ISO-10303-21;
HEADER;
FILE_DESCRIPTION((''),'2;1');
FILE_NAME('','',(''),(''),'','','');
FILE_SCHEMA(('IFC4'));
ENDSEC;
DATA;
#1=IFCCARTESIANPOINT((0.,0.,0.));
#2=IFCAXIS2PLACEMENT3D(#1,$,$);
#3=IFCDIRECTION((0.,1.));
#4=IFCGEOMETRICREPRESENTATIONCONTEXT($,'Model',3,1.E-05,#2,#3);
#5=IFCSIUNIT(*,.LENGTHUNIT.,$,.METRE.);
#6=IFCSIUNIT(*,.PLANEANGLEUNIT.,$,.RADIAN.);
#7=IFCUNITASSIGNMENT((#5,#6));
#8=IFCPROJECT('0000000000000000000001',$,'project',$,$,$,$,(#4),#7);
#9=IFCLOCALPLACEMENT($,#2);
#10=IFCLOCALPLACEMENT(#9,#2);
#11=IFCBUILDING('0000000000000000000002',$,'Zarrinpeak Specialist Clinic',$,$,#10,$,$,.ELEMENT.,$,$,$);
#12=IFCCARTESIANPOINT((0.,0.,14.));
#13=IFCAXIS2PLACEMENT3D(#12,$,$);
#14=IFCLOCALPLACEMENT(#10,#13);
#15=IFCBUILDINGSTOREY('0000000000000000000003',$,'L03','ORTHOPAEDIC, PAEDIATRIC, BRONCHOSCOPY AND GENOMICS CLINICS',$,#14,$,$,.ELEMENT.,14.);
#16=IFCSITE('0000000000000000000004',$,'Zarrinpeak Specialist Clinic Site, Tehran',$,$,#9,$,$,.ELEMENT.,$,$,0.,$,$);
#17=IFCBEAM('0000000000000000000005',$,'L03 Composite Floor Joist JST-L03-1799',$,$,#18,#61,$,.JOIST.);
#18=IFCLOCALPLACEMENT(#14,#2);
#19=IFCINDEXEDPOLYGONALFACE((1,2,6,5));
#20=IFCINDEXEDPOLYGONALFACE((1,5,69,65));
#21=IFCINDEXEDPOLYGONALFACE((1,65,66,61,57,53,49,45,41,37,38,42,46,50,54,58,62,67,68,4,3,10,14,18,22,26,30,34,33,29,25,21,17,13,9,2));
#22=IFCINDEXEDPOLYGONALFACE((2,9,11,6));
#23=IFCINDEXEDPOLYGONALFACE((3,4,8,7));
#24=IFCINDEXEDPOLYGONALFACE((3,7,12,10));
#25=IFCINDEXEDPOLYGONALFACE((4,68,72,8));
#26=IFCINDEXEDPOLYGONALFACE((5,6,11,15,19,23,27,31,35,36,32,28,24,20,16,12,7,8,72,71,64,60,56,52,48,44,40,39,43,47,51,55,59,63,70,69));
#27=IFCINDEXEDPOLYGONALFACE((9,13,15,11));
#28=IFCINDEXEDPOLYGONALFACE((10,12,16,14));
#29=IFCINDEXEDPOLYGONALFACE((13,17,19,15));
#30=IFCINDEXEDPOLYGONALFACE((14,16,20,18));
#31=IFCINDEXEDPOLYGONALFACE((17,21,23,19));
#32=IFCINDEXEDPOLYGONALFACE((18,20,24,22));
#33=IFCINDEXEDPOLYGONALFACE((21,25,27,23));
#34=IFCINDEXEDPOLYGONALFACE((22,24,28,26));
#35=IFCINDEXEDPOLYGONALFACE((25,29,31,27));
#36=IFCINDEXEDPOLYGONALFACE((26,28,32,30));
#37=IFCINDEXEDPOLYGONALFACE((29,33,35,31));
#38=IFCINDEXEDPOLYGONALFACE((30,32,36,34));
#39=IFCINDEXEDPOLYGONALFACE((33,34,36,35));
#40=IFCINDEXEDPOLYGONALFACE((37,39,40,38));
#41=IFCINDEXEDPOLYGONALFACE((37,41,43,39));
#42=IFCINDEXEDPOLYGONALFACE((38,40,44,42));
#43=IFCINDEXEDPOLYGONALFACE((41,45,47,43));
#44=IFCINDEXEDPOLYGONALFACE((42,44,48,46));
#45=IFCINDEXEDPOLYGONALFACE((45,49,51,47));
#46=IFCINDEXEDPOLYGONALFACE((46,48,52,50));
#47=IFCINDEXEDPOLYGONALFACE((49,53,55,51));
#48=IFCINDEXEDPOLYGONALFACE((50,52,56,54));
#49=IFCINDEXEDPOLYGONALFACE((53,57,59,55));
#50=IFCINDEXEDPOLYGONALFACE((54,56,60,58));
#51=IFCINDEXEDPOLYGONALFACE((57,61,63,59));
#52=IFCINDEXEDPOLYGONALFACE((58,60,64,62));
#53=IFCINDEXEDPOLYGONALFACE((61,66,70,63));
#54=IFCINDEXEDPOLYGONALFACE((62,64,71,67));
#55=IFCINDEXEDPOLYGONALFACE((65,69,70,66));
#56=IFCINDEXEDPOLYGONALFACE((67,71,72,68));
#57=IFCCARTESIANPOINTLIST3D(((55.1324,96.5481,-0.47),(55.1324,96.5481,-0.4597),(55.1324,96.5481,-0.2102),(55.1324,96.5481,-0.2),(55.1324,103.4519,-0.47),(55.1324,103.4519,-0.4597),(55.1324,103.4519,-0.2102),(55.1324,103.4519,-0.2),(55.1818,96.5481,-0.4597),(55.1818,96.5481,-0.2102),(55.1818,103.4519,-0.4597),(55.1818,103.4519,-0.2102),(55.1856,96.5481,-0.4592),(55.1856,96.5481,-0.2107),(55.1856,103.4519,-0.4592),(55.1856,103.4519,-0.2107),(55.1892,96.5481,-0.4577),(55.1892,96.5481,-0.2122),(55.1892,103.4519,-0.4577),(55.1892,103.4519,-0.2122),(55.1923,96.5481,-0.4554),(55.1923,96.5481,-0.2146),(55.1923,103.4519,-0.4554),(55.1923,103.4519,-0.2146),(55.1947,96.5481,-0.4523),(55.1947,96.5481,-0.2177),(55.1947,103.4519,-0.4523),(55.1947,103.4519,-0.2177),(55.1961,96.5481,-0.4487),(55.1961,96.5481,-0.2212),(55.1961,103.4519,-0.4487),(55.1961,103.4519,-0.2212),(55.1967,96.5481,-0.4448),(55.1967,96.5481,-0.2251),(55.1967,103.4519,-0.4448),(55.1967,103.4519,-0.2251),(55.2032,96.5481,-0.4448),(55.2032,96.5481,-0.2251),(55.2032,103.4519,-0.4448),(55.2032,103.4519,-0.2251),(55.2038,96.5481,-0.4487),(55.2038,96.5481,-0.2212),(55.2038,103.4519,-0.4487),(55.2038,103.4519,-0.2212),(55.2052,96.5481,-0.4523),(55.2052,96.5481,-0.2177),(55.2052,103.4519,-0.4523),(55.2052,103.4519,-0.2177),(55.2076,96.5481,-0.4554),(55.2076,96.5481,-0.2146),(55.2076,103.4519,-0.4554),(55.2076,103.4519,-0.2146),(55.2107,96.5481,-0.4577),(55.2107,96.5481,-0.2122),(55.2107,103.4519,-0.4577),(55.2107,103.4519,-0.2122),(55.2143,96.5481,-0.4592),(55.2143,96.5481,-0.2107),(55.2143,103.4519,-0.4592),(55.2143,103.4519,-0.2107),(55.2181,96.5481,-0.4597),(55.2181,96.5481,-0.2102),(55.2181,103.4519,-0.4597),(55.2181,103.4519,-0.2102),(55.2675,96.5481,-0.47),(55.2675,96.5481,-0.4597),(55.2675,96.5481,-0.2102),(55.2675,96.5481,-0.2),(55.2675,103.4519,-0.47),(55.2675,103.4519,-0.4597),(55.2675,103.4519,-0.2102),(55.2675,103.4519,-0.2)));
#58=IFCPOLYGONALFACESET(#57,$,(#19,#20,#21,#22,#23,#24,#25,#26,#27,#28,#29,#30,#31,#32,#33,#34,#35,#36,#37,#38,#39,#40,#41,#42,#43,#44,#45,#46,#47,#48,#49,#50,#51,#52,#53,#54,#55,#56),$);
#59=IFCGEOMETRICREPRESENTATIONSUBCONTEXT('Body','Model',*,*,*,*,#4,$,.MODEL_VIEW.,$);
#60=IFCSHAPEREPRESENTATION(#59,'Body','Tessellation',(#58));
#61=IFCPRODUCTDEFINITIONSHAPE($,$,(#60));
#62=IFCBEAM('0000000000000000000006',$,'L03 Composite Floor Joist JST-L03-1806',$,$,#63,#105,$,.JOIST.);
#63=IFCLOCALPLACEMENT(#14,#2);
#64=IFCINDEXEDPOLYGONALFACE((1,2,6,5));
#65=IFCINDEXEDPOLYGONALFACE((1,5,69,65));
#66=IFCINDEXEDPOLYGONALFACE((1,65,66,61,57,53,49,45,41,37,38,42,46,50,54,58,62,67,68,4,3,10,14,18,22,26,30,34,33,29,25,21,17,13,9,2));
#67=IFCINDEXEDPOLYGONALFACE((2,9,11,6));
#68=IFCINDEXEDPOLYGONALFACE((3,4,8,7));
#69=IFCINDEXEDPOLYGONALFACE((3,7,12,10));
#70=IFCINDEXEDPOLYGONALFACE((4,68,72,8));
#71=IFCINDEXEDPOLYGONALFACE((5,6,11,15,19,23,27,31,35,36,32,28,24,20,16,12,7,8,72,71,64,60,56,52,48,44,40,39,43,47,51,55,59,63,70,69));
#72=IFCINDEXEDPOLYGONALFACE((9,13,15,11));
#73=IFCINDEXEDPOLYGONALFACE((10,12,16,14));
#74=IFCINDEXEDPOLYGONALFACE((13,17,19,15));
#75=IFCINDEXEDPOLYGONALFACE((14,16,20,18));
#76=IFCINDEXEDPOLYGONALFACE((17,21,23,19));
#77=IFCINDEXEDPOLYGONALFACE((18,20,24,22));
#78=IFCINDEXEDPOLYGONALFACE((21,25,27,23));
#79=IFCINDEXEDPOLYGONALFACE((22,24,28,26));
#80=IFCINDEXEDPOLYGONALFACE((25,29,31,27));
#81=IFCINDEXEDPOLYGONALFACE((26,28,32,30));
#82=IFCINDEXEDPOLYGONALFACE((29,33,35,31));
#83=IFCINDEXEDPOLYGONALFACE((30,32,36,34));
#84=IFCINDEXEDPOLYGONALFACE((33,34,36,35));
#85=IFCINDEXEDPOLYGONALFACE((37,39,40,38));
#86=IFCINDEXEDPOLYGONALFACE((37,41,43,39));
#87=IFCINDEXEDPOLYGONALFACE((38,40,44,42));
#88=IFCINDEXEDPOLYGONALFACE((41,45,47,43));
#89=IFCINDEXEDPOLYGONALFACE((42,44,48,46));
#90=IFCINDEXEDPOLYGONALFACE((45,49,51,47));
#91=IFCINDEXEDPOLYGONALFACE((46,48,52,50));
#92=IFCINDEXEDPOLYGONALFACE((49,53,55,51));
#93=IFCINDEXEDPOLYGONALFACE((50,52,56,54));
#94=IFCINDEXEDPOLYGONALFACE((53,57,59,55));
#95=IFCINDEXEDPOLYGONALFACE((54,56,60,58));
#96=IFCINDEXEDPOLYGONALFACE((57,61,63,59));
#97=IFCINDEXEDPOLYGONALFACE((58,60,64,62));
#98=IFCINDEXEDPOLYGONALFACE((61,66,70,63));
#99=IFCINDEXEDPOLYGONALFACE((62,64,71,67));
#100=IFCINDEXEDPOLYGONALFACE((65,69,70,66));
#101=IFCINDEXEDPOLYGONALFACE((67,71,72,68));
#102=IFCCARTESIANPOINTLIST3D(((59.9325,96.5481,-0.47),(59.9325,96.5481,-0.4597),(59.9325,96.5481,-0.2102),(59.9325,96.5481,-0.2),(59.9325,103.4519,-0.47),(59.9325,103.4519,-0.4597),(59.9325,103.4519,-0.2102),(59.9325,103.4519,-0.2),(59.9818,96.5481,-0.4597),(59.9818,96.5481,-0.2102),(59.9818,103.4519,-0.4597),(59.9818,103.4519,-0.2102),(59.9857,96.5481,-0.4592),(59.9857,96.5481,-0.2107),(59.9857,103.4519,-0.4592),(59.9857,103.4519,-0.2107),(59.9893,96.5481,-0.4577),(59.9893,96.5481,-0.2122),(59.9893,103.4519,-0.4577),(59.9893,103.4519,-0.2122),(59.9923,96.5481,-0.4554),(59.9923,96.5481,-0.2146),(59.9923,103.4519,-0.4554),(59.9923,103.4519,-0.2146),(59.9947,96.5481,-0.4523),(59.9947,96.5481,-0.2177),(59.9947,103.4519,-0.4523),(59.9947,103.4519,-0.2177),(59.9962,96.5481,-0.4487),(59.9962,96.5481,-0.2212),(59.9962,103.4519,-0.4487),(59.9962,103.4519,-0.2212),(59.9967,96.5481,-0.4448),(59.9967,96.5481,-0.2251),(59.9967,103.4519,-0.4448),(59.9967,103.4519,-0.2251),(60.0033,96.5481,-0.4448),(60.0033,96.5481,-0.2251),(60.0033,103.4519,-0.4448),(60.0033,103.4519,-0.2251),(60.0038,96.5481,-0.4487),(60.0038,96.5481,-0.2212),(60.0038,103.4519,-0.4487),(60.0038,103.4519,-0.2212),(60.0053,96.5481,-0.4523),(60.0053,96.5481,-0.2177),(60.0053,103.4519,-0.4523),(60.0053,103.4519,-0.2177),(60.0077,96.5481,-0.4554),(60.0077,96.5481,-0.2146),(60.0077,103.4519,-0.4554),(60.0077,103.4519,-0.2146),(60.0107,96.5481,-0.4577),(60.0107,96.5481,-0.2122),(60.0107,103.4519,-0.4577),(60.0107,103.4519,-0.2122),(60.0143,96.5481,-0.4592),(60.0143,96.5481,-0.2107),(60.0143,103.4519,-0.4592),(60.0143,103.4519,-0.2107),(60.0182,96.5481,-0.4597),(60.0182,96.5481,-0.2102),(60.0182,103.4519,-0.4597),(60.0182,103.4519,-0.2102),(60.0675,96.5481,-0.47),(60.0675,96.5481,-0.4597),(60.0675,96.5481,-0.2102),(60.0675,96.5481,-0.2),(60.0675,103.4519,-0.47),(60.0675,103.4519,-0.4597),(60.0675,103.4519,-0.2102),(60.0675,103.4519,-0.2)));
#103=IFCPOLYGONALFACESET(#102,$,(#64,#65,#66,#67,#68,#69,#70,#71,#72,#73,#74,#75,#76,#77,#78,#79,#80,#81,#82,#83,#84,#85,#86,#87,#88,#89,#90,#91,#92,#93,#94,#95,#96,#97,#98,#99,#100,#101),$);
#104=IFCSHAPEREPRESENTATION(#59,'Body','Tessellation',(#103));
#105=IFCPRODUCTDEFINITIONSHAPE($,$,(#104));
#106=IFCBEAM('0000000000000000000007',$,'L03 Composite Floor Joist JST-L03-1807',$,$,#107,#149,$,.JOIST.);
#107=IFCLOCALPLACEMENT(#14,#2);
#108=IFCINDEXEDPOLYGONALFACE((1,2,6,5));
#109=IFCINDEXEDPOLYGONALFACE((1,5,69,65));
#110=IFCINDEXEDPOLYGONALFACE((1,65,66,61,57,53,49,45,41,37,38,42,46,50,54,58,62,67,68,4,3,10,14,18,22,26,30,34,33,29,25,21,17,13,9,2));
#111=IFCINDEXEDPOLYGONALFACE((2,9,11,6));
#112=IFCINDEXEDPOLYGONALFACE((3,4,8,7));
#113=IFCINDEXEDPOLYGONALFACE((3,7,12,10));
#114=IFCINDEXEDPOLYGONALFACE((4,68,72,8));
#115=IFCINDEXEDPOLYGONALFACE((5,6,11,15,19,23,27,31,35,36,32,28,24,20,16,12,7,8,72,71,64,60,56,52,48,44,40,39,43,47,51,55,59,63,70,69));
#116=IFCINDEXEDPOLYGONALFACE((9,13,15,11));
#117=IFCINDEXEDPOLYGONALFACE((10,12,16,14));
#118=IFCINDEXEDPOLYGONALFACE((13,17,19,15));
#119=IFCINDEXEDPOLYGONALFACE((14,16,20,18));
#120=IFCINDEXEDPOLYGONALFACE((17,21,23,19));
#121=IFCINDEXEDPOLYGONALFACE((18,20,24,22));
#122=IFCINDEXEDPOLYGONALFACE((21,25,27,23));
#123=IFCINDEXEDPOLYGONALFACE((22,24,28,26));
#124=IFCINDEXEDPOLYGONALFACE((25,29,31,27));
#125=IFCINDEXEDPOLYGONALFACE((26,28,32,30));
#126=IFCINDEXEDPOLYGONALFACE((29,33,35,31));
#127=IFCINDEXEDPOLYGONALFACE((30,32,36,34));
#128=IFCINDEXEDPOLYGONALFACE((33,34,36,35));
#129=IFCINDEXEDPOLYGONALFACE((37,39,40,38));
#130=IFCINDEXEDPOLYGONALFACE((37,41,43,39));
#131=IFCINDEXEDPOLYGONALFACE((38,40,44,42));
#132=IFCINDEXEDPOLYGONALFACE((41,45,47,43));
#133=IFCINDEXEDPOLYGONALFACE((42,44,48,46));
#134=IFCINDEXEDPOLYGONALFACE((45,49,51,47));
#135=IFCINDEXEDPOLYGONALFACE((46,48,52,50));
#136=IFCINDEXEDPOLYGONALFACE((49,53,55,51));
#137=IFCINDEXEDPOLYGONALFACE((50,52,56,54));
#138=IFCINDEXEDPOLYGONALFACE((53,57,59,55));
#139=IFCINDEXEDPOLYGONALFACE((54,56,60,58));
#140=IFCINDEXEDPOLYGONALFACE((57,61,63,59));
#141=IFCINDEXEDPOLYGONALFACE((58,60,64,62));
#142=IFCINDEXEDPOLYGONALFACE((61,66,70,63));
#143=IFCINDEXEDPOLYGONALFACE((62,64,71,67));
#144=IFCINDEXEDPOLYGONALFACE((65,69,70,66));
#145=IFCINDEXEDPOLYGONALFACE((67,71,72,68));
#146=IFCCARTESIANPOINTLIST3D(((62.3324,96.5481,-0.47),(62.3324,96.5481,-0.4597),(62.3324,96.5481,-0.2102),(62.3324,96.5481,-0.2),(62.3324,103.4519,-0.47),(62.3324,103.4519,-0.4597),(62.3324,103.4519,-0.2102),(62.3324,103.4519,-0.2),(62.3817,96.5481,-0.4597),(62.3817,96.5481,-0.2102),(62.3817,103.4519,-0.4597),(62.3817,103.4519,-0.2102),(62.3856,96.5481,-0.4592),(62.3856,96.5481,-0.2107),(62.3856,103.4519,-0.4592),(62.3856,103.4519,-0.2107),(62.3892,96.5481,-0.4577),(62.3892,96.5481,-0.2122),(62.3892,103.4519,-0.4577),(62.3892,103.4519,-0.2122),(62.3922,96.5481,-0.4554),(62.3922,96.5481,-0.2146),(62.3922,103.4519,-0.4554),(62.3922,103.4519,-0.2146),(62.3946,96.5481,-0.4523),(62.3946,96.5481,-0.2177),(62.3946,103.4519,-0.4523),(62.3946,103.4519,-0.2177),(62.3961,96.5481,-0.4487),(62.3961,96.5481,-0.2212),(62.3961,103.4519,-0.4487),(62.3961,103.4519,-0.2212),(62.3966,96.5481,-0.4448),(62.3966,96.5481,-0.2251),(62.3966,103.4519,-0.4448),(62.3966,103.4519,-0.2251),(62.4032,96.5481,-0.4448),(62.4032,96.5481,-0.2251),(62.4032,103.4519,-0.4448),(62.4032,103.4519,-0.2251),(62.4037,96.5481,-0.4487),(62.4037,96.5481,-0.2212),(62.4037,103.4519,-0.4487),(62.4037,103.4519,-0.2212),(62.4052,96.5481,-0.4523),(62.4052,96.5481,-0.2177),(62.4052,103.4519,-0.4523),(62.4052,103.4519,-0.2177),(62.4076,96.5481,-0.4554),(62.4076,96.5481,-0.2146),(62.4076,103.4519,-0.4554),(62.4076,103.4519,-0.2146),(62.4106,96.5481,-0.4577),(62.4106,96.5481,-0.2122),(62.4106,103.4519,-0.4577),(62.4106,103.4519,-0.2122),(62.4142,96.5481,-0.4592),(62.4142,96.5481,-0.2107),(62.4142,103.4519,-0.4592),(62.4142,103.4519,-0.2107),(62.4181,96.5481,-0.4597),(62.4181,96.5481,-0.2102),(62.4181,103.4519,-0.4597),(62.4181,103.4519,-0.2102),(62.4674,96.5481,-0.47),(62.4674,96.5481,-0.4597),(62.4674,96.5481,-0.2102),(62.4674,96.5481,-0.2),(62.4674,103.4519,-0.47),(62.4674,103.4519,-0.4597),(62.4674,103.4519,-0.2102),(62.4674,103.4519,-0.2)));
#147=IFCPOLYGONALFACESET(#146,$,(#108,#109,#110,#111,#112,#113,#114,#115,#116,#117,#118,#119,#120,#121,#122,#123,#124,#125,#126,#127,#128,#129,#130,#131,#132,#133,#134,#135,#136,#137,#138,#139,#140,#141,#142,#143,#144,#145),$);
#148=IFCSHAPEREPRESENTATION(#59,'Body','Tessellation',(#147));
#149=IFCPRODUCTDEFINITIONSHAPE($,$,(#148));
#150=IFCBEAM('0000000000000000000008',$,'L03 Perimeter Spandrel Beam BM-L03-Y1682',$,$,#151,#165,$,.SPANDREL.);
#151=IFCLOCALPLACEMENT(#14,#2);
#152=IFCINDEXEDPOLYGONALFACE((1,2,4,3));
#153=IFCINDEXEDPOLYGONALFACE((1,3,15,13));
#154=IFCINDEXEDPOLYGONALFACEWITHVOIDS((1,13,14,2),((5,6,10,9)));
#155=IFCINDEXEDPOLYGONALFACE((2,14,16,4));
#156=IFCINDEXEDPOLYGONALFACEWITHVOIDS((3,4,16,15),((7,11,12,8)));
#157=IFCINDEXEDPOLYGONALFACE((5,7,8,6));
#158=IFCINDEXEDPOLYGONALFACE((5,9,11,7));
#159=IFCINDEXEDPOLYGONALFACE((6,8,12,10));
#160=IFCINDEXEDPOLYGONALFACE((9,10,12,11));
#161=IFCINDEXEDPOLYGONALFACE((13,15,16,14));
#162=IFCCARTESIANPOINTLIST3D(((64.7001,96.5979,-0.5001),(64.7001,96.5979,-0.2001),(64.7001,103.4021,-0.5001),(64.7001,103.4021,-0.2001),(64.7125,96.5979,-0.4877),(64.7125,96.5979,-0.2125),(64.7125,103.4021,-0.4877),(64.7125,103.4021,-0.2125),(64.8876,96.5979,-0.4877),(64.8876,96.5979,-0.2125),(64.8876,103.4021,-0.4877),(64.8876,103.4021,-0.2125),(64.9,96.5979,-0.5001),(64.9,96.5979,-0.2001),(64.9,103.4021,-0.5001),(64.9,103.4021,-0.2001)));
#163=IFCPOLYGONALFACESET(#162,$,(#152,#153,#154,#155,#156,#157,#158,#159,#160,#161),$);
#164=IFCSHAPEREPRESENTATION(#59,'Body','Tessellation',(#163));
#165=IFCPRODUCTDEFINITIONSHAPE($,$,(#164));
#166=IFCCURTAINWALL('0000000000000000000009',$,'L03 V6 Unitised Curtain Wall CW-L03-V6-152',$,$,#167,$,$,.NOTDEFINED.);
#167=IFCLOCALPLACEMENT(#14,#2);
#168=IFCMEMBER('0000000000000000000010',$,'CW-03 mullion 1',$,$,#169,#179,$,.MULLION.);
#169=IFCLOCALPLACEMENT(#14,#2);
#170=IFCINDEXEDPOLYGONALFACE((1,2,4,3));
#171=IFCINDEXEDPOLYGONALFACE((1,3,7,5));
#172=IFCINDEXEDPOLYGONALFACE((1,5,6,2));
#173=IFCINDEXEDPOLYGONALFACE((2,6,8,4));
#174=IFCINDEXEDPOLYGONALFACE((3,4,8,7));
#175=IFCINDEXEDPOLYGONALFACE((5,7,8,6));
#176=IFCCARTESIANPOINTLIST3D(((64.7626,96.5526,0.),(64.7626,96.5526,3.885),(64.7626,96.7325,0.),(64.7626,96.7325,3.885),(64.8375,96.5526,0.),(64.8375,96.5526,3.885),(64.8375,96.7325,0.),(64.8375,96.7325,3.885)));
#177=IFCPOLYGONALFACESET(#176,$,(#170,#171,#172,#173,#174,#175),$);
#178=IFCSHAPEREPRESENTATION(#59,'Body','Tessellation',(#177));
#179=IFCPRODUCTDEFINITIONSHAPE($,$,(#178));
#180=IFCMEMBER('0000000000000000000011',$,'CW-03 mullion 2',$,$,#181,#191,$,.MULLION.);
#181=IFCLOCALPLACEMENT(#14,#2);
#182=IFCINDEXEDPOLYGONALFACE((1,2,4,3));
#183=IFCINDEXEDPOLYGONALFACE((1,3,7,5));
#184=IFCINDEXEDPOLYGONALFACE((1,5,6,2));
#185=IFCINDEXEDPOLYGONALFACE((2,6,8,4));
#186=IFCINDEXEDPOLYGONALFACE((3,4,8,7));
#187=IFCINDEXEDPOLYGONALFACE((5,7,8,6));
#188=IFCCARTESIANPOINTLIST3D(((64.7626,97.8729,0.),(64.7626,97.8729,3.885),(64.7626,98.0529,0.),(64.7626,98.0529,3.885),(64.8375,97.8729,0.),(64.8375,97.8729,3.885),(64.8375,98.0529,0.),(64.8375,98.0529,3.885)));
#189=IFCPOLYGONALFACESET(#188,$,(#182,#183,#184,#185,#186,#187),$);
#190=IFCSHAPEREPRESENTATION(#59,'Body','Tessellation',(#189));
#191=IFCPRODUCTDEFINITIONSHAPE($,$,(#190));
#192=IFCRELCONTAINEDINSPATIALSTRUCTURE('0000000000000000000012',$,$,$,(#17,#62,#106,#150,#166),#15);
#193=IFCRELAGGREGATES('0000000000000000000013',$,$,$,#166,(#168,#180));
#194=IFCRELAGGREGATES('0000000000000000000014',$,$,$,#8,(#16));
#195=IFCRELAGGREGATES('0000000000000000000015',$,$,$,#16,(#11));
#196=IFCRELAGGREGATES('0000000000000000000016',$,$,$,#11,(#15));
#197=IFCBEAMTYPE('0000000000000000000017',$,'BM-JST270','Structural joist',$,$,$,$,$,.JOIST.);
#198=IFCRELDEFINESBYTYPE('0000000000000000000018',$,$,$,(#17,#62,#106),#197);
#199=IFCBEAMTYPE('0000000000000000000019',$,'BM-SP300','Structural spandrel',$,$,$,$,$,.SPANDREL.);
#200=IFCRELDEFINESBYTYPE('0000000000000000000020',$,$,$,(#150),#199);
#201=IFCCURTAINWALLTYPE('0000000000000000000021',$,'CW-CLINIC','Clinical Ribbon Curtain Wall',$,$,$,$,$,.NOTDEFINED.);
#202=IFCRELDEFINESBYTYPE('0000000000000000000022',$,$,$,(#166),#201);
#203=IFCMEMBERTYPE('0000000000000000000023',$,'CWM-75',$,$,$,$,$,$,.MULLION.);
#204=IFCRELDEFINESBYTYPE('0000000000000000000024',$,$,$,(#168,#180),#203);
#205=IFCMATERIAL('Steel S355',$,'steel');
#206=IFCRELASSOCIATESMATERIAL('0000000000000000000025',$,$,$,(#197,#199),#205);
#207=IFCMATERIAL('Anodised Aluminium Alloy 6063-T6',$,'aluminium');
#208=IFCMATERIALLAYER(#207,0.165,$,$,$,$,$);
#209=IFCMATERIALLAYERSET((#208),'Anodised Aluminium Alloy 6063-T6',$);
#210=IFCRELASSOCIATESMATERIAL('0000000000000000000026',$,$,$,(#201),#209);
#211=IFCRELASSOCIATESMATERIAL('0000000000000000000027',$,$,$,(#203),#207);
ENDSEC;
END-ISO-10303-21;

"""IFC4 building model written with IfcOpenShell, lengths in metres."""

from ifc_helpers import new_model, si_unit, direction, frame, origin, origin_2d, place, context, subcontext, project, spatial, rectangle, hollow_rectangle, i_section, extrude, material, layer, layer_set, material_profile, profile_set, type_object, element, aggregate, save


model = new_model("IFC4")

# Units and contexts
model_context = context("Model", 3, precision=1e-05, world=origin(), true_north=direction((0.0, 1.0)))
body_context = subcontext(model_context, "Body", "Model", "MODEL_VIEW")
ifc_project = project(units=[si_unit("LENGTHUNIT", "METRE"), si_unit("PLANEANGLEUNIT", "RADIAN")], contexts=[model_context])

# Site, building, storey
site_placement = place(None, origin())
site = spatial("IfcSite", under=ifc_project, at=site_placement, Name="Zarrinpeak Specialist Clinic Site, Tehran", CompositionType="ELEMENT", RefElevation=0.0)
building_placement = place(site_placement, origin())
building = spatial("IfcBuilding", under=site, at=building_placement, Name="Zarrinpeak Specialist Clinic", CompositionType="ELEMENT")
storey_placement = place(building_placement, frame((0.0, 0.0, 14.0)))
storey = spatial("IfcBuildingStorey", under=building, at=storey_placement, Name="L03", Description="ORTHOPAEDIC, PAEDIATRIC, BRONCHOSCOPY AND GENOMICS CLINICS", CompositionType="ELEMENT", Elevation=14.0)

# Shared definitions
ifc_material_1 = material(Name="Steel S355", Category="steel")

# Beams
ifc_material_profile_1 = material_profile(ifc_material_1, i_section(OverallWidth=0.135, OverallDepth=0.27, WebThickness=0.0066, FlangeThickness=0.0103, FilletRadius=0.0149, at=origin_2d()), Name="IPE 270")
ifc_profile_set_1 = profile_set([ifc_material_profile_1], Name="Steel S355")
beam_type_1 = type_object("IfcBeamType", Name="BM-JST270", Description="Structural joist", PredefinedType="JOIST", material=ifc_profile_set_1)
for number, where, z_axis, x_axis, name in (
    (1, (55.2, 96.5481, -0.335), (0.0, 1.0, 0.0), (-1.0, 0.0, 0.0), "L03 Composite Floor Joist JST-L03-1799"),
    (2, (60.0, 96.5481, -0.335), (0.0, 1.0, 0.0), (-1.0, 0.0, 0.0), "L03 Composite Floor Joist JST-L03-1806"),
    (3, (62.3999, 96.5481, -0.335), (0.0, 1.0, 0.0), (-1.0, 0.0, 0.0), "L03 Composite Floor Joist JST-L03-1807"),
):
    element("IfcBeam", number, at=place(storey_placement, frame(where, z_axis=z_axis, x_axis=x_axis)), inside=storey, type_object=beam_type_1, Name=name, PredefinedType="JOIST", context=body_context, shape_type="SweptSolid", body=[
        extrude(i_section(OverallWidth=0.135, OverallDepth=0.27, WebThickness=0.0066, FlangeThickness=0.0103, FilletRadius=0.0149, at=origin_2d()), origin(), (0.0, 0.0, 1.0), 6.9038),
    ])
ifc_material_profile_2 = material_profile(ifc_material_1, hollow_rectangle(XDim=0.2, YDim=0.3, WallThickness=0.0125, at=origin_2d()), Name="RHS 300x200x12.5")
ifc_profile_set_2 = profile_set([ifc_material_profile_2], Name="Steel S355")
beam_type_2 = type_object("IfcBeamType", Name="BM-SP300", Description="Structural spandrel", PredefinedType="SPANDREL", material=ifc_profile_set_2)
beam_1_placement = place(storey_placement, frame((64.8, 96.5979, -0.3501), z_axis=(0.0, 1.0, 0.0), x_axis=(-1.0, 0.0, 0.0)))
element("IfcBeam", 4, at=beam_1_placement, inside=storey, type_object=beam_type_2, Name="L03 Perimeter Spandrel Beam BM-L03-Y1682", PredefinedType="SPANDREL", context=body_context, shape_type="SweptSolid", body=[
    extrude(hollow_rectangle(XDim=0.2, YDim=0.3, WallThickness=0.0125, at=origin_2d()), origin(), (0.0, 0.0, 1.0), 6.8042),
])

# Curtain wall, members
ifc_material_2 = material(Name="Anodised Aluminium Alloy 6063-T6", Category="aluminium")
ifc_layer_1 = layer(ifc_material_2, 0.165)
ifc_layer_set_1 = layer_set([ifc_layer_1], Name="Anodised Aluminium Alloy 6063-T6")
curtain_wall_type = type_object("IfcCurtainWallType", Name="CW-CLINIC", Description="Clinical Ribbon Curtain Wall", PredefinedType="NOTDEFINED", material=ifc_layer_set_1)
curtain_wall_placement = place(storey_placement, origin())
curtain_wall = element("IfcCurtainWall", 5, at=curtain_wall_placement, inside=storey, type_object=curtain_wall_type, Name="L03 V6 Unitised Curtain Wall CW-L03-V6-152", PredefinedType="NOTDEFINED")
ifc_material_profile_3 = material_profile(ifc_material_2, rectangle(XDim=0.075, YDim=0.1799, at=origin_2d()), Name="ALU 75x180")
ifc_profile_set_3 = profile_set([ifc_material_profile_3], Name="Anodised Aluminium Alloy 6063-T6")
member_type_1 = type_object("IfcMemberType", Name="CWM-75", PredefinedType="MULLION", material=ifc_profile_set_3)
member_1_placement = place(storey_placement, frame((64.8, 96.6426, 0.0), z_axis=(0.0, 0.0, 1.0), x_axis=(-1.0, 0.0, 0.0)))
member_1 = element("IfcMember", 6, at=member_1_placement, type_object=member_type_1, Name="CW-03 mullion 1", PredefinedType="MULLION", context=body_context, shape_type="SweptSolid", body=[
    extrude(rectangle(XDim=0.075, YDim=0.1799, at=origin_2d()), origin(), (0.0, 0.0, 1.0), 3.885),
])
member_2_placement = place(storey_placement, frame((64.8, 97.9629, 0.0), z_axis=(0.0, 0.0, 1.0), x_axis=(-1.0, 0.0, 0.0)))
member_2 = element("IfcMember", 7, at=member_2_placement, type_object=member_type_1, Name="CW-03 mullion 2", PredefinedType="MULLION", context=body_context, shape_type="SweptSolid", body=[
    extrude(rectangle(XDim=0.075, YDim=0.1799, at=origin_2d()), origin(), (0.0, 0.0, 1.0), 3.885),
])
aggregate(curtain_wall, [member_1, member_2])

save(model, "model.ifc")
